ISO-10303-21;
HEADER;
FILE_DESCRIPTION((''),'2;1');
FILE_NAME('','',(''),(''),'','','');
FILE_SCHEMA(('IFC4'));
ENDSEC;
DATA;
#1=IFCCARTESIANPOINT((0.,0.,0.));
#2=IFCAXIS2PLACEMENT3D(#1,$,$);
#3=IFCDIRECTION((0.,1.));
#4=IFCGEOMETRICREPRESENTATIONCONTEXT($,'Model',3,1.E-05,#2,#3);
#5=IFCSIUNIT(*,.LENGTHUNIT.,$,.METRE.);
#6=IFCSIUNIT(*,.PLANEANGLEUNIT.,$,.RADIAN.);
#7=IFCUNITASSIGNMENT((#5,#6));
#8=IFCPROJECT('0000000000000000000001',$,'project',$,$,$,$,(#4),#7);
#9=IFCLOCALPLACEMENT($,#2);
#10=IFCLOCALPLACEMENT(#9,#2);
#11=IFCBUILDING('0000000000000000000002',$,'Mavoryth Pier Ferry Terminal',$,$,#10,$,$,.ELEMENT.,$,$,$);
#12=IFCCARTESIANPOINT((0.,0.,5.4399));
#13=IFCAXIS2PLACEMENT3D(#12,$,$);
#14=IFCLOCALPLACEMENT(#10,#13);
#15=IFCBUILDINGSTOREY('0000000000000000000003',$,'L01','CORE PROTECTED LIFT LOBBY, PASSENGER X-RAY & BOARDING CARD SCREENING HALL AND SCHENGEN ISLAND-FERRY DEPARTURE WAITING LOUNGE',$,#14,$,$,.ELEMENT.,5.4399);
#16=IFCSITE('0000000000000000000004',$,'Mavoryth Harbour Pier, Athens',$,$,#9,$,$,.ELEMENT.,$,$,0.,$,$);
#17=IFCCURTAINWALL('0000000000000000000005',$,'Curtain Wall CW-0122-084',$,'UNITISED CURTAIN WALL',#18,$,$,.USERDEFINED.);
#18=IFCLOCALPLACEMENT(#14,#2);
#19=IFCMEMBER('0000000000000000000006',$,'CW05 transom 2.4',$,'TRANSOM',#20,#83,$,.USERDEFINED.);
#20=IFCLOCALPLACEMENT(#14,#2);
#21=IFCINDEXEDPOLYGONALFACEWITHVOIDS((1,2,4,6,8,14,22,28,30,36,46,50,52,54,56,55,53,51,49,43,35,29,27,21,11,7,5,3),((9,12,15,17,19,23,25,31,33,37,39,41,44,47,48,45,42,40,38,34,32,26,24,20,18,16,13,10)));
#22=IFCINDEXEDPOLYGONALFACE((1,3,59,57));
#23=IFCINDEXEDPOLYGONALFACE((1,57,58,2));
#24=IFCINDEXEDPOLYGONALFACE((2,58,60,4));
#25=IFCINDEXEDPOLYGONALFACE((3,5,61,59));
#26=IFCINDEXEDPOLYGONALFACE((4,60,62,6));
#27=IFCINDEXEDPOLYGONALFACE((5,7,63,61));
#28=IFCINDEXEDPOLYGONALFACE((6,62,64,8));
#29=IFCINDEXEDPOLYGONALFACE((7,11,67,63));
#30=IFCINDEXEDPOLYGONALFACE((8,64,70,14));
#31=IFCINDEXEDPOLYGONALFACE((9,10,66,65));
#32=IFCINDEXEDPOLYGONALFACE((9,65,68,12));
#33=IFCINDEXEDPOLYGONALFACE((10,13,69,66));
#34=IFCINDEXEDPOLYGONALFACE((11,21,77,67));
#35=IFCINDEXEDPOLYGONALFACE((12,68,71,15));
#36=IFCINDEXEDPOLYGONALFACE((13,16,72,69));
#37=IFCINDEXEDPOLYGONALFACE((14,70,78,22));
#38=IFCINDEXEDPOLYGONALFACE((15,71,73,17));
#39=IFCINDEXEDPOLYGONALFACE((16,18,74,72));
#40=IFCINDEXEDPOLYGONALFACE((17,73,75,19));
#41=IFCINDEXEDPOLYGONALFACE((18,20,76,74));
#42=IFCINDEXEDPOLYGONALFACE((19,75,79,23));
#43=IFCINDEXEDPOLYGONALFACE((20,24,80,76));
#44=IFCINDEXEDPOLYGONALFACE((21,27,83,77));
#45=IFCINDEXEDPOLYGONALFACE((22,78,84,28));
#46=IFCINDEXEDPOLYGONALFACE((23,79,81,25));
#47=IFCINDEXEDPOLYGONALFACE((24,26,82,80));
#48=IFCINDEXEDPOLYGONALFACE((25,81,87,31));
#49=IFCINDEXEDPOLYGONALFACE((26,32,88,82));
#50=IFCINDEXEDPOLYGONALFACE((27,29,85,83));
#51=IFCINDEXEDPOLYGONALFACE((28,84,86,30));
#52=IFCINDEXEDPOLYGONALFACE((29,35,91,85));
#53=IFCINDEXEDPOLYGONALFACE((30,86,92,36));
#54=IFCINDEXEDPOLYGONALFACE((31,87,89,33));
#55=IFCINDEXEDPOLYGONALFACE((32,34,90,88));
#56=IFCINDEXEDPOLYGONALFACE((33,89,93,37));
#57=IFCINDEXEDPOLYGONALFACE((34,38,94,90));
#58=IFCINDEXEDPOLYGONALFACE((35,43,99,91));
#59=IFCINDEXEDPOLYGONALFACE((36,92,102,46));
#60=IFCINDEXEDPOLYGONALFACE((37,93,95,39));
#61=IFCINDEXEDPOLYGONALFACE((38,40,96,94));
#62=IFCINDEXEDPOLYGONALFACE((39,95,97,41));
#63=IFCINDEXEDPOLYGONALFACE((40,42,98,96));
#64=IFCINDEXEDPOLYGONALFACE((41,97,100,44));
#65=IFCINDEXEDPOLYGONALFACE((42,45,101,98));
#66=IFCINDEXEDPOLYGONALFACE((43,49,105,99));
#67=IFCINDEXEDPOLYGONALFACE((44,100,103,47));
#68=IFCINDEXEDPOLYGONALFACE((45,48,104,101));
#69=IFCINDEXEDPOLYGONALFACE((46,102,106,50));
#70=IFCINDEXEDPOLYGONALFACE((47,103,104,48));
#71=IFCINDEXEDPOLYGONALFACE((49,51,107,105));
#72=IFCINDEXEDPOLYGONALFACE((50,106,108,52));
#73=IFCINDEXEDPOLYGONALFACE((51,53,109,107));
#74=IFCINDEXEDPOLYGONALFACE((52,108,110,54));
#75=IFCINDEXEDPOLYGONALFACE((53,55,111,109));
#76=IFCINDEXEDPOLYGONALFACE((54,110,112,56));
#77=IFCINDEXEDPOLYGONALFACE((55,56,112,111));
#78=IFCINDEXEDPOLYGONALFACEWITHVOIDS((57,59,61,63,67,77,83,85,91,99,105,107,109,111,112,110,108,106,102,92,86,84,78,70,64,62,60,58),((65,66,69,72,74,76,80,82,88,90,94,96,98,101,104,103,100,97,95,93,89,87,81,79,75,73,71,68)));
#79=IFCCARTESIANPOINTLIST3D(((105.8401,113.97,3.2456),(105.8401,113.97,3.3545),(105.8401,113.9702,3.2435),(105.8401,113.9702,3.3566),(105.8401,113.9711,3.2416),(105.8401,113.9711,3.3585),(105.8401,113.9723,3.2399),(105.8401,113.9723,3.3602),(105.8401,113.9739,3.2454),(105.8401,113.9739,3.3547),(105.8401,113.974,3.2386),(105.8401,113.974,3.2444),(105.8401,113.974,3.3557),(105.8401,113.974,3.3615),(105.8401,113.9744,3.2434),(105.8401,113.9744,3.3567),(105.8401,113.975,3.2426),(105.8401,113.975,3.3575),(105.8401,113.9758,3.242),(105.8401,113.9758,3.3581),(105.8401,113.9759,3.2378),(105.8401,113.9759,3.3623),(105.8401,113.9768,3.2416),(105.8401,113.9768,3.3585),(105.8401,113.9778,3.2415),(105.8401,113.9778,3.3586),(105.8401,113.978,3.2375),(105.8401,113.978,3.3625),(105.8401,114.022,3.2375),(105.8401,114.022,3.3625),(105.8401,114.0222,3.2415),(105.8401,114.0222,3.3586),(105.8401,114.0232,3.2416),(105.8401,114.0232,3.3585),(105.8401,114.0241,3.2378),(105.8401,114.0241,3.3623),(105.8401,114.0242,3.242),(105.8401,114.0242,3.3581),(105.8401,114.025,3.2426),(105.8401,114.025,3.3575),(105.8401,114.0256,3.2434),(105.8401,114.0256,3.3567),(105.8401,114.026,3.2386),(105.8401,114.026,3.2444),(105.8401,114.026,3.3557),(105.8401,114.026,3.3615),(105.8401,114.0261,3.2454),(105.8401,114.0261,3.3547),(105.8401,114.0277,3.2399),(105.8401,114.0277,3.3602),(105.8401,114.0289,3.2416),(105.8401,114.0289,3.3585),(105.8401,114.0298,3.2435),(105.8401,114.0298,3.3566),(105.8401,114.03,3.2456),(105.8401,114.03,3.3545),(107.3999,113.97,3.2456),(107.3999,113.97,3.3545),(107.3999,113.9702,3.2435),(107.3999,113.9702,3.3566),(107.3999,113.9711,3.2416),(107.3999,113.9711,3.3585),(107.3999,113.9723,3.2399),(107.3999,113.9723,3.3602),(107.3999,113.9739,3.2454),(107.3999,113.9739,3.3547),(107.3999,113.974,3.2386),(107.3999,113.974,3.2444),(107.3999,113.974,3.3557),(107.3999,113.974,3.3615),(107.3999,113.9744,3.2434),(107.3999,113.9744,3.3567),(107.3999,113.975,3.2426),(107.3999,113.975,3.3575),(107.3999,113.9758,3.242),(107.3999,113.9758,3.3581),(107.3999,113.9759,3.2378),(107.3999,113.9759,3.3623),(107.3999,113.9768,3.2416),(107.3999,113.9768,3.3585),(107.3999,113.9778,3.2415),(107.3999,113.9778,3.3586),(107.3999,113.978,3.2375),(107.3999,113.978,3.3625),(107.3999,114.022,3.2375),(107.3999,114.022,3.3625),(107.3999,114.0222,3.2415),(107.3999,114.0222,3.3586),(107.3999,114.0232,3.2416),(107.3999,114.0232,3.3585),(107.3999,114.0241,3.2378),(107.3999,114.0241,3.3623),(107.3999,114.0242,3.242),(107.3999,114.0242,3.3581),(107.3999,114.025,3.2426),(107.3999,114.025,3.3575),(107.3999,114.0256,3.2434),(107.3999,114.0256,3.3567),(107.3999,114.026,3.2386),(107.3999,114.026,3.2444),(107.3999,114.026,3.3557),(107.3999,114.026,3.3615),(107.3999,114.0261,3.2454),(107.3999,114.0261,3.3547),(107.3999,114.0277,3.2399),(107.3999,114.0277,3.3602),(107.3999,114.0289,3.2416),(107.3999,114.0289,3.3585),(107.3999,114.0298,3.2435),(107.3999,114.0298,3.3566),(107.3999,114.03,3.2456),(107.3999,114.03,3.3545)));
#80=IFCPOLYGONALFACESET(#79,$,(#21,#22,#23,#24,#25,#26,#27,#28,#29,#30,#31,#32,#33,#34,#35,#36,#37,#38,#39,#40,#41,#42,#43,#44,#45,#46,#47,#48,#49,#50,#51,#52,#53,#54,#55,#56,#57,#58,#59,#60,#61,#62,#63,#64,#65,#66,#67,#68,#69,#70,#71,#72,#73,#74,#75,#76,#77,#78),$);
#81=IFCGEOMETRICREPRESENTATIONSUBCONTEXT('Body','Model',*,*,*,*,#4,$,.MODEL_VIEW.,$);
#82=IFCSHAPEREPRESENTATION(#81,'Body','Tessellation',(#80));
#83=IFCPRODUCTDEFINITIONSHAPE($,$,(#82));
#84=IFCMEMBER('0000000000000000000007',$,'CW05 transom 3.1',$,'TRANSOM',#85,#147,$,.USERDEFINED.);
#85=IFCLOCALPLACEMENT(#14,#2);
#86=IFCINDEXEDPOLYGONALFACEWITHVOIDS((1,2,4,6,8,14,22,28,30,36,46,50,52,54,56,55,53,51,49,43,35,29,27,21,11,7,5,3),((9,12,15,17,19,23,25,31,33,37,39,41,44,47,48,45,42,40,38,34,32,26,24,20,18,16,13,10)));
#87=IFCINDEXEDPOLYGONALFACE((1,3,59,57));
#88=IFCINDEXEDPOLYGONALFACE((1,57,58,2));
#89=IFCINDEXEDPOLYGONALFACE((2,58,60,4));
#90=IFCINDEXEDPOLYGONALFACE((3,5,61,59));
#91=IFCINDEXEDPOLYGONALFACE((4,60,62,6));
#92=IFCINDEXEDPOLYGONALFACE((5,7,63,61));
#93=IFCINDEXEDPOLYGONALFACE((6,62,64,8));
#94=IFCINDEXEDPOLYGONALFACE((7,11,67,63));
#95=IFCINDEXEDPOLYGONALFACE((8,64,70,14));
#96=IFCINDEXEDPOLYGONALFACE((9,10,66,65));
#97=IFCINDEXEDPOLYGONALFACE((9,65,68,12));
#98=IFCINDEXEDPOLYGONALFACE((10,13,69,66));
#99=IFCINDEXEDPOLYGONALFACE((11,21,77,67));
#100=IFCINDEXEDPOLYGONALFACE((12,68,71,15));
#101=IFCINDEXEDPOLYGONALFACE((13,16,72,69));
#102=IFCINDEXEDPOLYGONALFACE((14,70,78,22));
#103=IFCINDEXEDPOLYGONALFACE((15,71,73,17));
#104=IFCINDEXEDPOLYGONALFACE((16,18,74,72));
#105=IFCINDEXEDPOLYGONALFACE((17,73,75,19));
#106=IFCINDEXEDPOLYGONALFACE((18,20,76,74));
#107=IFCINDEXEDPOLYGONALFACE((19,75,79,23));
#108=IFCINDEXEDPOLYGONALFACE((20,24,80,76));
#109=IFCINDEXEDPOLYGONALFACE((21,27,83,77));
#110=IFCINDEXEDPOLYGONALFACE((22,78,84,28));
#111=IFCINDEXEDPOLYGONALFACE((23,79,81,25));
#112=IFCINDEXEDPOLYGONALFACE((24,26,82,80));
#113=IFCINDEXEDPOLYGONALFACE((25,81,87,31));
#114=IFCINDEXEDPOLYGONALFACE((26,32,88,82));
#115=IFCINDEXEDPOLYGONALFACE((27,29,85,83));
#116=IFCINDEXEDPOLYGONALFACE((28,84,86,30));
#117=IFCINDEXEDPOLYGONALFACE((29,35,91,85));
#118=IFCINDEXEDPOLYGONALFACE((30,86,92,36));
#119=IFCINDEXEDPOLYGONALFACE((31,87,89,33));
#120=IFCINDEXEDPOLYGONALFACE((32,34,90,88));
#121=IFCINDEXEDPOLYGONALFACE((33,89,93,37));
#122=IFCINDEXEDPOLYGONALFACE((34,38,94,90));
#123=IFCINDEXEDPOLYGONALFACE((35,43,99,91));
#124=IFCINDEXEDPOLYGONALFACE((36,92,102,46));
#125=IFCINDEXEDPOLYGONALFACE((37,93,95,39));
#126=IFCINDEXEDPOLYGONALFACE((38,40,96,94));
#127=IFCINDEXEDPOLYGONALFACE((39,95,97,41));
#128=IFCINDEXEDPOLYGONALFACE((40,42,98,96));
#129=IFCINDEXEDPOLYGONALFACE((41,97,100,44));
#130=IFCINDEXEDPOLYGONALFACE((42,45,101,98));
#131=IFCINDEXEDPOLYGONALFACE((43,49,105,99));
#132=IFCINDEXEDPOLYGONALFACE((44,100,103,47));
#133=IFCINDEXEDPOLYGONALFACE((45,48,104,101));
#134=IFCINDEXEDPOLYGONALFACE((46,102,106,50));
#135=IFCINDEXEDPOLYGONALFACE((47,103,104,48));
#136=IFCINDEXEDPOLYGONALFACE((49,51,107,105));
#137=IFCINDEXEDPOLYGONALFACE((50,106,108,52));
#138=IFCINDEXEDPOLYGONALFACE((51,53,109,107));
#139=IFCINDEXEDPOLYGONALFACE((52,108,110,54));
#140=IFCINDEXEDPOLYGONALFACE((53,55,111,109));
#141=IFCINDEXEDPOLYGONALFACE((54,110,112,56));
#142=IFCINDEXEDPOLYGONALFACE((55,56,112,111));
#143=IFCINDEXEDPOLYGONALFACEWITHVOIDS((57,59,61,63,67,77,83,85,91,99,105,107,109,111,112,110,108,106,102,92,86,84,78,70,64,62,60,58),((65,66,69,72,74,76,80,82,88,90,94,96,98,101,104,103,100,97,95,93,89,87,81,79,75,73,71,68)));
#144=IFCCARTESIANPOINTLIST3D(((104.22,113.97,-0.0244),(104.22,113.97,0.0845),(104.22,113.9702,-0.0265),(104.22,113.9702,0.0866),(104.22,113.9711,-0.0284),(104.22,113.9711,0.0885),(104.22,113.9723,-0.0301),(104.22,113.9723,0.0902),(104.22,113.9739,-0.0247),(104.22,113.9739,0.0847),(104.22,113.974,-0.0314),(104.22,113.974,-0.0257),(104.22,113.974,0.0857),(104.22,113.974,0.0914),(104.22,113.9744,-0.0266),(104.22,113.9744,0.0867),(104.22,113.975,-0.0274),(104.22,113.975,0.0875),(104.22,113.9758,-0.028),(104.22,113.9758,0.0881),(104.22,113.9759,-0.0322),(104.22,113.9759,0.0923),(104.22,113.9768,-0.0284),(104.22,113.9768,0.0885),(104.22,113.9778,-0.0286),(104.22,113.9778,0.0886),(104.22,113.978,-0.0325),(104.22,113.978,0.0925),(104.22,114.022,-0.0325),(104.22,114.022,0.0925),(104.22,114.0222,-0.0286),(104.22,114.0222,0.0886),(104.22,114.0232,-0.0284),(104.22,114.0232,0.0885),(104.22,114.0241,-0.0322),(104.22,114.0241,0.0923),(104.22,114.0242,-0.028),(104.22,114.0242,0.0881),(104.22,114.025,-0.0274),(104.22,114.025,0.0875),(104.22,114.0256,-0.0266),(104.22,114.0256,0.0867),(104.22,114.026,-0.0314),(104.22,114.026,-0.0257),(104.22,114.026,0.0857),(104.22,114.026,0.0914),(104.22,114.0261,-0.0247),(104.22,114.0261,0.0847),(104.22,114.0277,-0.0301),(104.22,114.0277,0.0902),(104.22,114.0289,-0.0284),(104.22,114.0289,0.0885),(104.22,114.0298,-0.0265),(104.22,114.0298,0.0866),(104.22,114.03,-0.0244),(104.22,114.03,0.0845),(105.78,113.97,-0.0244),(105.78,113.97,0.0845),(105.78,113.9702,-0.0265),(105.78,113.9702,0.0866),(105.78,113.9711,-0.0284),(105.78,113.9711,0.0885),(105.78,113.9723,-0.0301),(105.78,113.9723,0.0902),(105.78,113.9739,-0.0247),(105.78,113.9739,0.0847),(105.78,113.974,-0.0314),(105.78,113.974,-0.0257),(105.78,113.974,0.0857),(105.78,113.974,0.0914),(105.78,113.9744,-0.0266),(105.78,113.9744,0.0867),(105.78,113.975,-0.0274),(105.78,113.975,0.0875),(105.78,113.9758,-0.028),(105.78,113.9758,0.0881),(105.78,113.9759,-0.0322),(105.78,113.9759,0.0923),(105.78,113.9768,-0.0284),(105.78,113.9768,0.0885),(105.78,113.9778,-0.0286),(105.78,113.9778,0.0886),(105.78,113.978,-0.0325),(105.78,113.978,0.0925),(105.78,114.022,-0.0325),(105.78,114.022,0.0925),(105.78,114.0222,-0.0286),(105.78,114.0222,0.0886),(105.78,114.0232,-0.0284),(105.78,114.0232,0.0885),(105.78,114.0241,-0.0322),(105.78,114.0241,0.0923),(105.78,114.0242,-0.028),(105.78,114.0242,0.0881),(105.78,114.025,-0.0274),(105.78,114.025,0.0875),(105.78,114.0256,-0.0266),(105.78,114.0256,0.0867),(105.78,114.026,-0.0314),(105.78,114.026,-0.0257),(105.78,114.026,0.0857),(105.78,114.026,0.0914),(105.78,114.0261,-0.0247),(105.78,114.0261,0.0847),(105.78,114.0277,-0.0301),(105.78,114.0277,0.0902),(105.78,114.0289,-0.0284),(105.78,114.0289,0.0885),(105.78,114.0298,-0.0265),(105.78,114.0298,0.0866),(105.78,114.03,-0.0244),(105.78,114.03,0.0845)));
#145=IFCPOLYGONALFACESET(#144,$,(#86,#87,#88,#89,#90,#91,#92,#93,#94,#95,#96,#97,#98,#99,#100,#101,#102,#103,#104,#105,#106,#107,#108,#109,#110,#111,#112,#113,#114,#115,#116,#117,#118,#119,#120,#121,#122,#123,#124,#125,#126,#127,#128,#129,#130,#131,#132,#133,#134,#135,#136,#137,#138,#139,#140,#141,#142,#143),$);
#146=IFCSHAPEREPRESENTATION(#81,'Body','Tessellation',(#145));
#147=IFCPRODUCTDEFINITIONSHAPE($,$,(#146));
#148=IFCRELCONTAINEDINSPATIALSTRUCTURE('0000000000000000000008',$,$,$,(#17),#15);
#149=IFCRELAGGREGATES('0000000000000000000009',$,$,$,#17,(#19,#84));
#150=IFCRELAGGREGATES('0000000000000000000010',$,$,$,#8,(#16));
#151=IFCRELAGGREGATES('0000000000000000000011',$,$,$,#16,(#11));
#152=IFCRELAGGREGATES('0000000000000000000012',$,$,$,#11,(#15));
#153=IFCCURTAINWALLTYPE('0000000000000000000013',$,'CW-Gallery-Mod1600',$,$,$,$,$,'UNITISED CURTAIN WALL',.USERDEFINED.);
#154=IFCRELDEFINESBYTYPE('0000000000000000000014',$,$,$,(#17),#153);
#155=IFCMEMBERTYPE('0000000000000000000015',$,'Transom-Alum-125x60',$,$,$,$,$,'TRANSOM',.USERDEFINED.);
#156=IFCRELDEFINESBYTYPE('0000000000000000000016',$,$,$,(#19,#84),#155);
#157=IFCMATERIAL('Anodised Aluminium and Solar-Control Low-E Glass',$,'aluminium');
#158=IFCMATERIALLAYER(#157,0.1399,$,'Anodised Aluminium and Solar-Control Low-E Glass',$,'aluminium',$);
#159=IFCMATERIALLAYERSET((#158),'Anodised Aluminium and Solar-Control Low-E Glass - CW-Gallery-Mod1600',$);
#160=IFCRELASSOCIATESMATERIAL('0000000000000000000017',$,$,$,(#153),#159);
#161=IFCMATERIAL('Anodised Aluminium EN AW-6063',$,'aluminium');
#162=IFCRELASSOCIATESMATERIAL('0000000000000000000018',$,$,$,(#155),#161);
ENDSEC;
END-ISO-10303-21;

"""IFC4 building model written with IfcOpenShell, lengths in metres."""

from ifc_helpers import new_model, si_unit, direction, frame, origin, origin_2d, place, context, subcontext, project, spatial, hollow_rectangle, extrude, material, layer, layer_set, material_profile, profile_set, type_object, element, aggregate, save


model = new_model("IFC4")

# Units and contexts
model_context = context("Model", 3, precision=1e-05, world=origin(), true_north=direction((0.0, 1.0)))
body_context = subcontext(model_context, "Body", "Model", "MODEL_VIEW")
ifc_project = project(units=[si_unit("LENGTHUNIT", "METRE"), si_unit("PLANEANGLEUNIT", "RADIAN")], contexts=[model_context])

# Site, building, storey
site_placement = place(None, origin())
site = spatial("IfcSite", under=ifc_project, at=site_placement, Name="Mavoryth Harbour Pier, Athens", CompositionType="ELEMENT", RefElevation=0.0)
building_placement = place(site_placement, origin())
building = spatial("IfcBuilding", under=site, at=building_placement, Name="Mavoryth Pier Ferry Terminal", CompositionType="ELEMENT")
storey_placement = place(building_placement, frame((0.0, 0.0, 5.4399)))
storey = spatial("IfcBuildingStorey", under=building, at=storey_placement, Name="L01", Description="CORE PROTECTED LIFT LOBBY, PASSENGER X-RAY & BOARDING CARD SCREENING HALL AND SCHENGEN ISLAND-FERRY DEPARTURE WAITING LOUNGE", CompositionType="ELEMENT", Elevation=5.4399)

# Curtain wall
ifc_material_1 = material(Name="Anodised Aluminium and Solar-Control Low-E Glass", Category="aluminium")
ifc_layer_1 = layer(ifc_material_1, 0.1399, Name="Anodised Aluminium and Solar-Control Low-E Glass", Category="aluminium")
ifc_layer_set_1 = layer_set([ifc_layer_1], Name="Anodised Aluminium and Solar-Control Low-E Glass - CW-Gallery-Mod1600")
curtain_wall_type = type_object("IfcCurtainWallType", Name="CW-Gallery-Mod1600", ElementType="UNITISED CURTAIN WALL", PredefinedType="USERDEFINED", material=ifc_layer_set_1)
curtain_wall_placement = place(storey_placement, origin())
curtain_wall = element("IfcCurtainWall", 1, at=curtain_wall_placement, inside=storey, type_object=curtain_wall_type, Name="Curtain Wall CW-0122-084", ObjectType="UNITISED CURTAIN WALL", PredefinedType="USERDEFINED")
ifc_material_2 = material(Name="Anodised Aluminium EN AW-6063", Category="aluminium")

# Members
ifc_material_profile_1 = material_profile(ifc_material_2, hollow_rectangle(XDim=0.0601, YDim=0.125, WallThickness=0.0039, InnerFilletRadius=0.0039, OuterFilletRadius=0.0081, at=origin_2d()), Name="AL-TRAN 125x60x4", Category="aluminium")
ifc_profile_set_1 = profile_set([ifc_material_profile_1], Name="Anodised Aluminium EN AW-6063 - AL-TRAN 125x60x4")
member_type_1 = type_object("IfcMemberType", Name="Transom-Alum-125x60", ElementType="TRANSOM", PredefinedType="USERDEFINED", material=ifc_profile_set_1)
member_1_placement = place(storey_placement, frame((107.3999, 114.0, 3.3), z_axis=(-1.0, 0.0, 0.0), x_axis=(0.0, -1.0, 0.0)))
member_1 = element("IfcMember", 2, at=member_1_placement, type_object=member_type_1, Name="CW05 transom 2.4", ObjectType="TRANSOM", PredefinedType="USERDEFINED", context=body_context, shape_type="SweptSolid", body=[
    extrude(hollow_rectangle(XDim=0.0601, YDim=0.125, WallThickness=0.0039, InnerFilletRadius=0.0039, OuterFilletRadius=0.0081, at=origin_2d()), origin(), (0.0, 0.0, 1.0), 1.5598),
])
member_2_placement = place(storey_placement, frame((105.78, 114.0, 0.03), z_axis=(-1.0, 0.0, 0.0), x_axis=(0.0, -1.0, 0.0)))
member_2 = element("IfcMember", 3, at=member_2_placement, type_object=member_type_1, Name="CW05 transom 3.1", ObjectType="TRANSOM", PredefinedType="USERDEFINED", context=body_context, shape_type="SweptSolid", body=[
    extrude(hollow_rectangle(XDim=0.0601, YDim=0.125, WallThickness=0.0039, InnerFilletRadius=0.0039, OuterFilletRadius=0.0081, at=origin_2d()), origin(), (0.0, 0.0, 1.0), 1.5601),
])

aggregate(curtain_wall, [member_1, member_2])

save(model, "model.ifc")
